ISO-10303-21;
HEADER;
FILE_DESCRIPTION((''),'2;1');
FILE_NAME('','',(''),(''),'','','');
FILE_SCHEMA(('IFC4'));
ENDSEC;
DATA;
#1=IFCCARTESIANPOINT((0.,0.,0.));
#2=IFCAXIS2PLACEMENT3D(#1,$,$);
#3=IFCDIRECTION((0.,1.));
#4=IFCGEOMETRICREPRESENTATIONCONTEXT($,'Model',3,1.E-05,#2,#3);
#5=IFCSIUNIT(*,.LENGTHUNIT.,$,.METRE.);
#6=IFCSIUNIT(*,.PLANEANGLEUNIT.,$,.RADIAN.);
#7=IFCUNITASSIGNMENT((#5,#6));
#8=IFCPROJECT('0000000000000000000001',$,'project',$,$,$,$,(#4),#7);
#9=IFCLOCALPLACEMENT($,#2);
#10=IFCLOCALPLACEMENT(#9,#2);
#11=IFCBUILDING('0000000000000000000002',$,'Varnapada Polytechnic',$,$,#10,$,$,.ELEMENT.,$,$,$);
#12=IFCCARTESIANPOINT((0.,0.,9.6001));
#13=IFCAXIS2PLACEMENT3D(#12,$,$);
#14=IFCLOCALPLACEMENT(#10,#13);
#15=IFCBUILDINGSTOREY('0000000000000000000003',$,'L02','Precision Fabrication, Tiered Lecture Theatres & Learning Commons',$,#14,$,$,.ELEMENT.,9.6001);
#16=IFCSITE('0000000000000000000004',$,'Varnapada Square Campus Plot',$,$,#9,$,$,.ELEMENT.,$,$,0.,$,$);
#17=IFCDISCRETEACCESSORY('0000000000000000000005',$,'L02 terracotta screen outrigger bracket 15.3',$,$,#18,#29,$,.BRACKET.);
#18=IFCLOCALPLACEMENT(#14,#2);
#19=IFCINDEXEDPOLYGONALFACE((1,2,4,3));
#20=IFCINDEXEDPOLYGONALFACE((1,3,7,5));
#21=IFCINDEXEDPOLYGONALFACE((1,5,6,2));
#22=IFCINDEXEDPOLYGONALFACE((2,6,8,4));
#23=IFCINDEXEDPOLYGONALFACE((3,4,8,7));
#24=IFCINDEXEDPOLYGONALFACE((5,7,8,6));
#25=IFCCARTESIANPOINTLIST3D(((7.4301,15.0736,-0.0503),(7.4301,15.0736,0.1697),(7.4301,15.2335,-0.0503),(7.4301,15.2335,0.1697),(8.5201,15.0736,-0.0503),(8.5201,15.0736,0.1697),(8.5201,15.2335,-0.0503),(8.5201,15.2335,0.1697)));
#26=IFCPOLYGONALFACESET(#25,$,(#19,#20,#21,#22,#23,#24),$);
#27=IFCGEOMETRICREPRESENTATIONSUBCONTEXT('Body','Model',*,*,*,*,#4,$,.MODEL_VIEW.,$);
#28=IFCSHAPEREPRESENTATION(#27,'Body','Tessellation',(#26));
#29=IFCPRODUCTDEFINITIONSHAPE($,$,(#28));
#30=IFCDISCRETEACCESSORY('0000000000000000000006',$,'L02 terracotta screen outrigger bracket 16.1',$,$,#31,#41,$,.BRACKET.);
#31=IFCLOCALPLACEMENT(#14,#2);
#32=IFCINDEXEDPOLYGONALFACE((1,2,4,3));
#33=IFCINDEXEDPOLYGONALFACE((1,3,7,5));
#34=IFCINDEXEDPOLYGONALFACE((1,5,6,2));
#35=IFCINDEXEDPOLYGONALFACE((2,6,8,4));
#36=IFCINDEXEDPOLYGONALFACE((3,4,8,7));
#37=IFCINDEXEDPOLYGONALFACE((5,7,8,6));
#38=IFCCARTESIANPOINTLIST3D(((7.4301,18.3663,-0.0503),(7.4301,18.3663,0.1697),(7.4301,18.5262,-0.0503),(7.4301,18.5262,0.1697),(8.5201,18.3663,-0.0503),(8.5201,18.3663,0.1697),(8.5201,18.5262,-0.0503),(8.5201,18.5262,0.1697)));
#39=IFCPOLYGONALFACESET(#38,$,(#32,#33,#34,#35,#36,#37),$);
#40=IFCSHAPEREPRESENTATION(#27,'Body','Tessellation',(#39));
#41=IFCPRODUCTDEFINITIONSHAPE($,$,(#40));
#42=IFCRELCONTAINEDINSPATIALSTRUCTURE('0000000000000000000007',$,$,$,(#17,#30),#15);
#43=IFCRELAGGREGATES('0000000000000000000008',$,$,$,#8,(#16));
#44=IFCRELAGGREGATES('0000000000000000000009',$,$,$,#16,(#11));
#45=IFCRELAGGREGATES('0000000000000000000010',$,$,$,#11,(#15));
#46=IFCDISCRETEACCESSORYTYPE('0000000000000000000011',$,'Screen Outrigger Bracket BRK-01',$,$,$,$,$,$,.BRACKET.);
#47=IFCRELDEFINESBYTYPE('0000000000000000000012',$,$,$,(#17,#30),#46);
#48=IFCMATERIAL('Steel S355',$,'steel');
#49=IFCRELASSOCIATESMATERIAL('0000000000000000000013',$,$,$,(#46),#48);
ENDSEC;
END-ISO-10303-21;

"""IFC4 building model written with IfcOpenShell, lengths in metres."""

from ifc_helpers import new_model, si_unit, direction, frame, origin, origin_2d, place, context, subcontext, project, spatial, rectangle, extrude, material, type_object, element, save


model = new_model("IFC4")

# Units and contexts
model_context = context("Model", 3, precision=1e-05, world=origin(), true_north=direction((0.0, 1.0)))
body_context = subcontext(model_context, "Body", "Model", "MODEL_VIEW")
ifc_project = project(units=[si_unit("LENGTHUNIT", "METRE"), si_unit("PLANEANGLEUNIT", "RADIAN")], contexts=[model_context])

# Site, building, storey
site_placement = place(None, origin())
site = spatial("IfcSite", under=ifc_project, at=site_placement, Name="Varnapada Square Campus Plot", CompositionType="ELEMENT", RefElevation=0.0)
building_placement = place(site_placement, origin())
building = spatial("IfcBuilding", under=site, at=building_placement, Name="Varnapada Polytechnic", CompositionType="ELEMENT")
storey_placement = place(building_placement, frame((0.0, 0.0, 9.6001)))
storey = spatial("IfcBuildingStorey", under=building, at=storey_placement, Name="L02", Description="Precision Fabrication, Tiered Lecture Theatres & Learning Commons", CompositionType="ELEMENT", Elevation=9.6001)

# Discrete accessories
ifc_material_1 = material(Name="Steel S355", Category="steel")
discrete_accessory_type = type_object("IfcDiscreteAccessoryType", Name="Screen Outrigger Bracket BRK-01", PredefinedType="BRACKET", material=ifc_material_1)
for number, where, z_axis, x_axis, name in (
    (1, (7.9751, 15.1536, -0.0503), (0.0, 0.0, 1.0), (0.0, 1.0, 0.0), "L02 terracotta screen outrigger bracket 15.3"),
    (2, (7.9751, 18.4463, -0.0503), (0.0, 0.0, 1.0), (0.0, 1.0, 0.0), "L02 terracotta screen outrigger bracket 16.1"),
):
    element("IfcDiscreteAccessory", number, at=place(storey_placement, frame(where, z_axis=z_axis, x_axis=x_axis)), inside=storey, type_object=discrete_accessory_type, Name=name, PredefinedType="BRACKET", context=body_context, shape_type="SweptSolid", body=[
        extrude(rectangle(XDim=0.1599, YDim=1.0901, at=origin_2d()), origin(), (0.0, 0.0, 1.0), 0.22),
    ])

save(model, "model.ifc")
